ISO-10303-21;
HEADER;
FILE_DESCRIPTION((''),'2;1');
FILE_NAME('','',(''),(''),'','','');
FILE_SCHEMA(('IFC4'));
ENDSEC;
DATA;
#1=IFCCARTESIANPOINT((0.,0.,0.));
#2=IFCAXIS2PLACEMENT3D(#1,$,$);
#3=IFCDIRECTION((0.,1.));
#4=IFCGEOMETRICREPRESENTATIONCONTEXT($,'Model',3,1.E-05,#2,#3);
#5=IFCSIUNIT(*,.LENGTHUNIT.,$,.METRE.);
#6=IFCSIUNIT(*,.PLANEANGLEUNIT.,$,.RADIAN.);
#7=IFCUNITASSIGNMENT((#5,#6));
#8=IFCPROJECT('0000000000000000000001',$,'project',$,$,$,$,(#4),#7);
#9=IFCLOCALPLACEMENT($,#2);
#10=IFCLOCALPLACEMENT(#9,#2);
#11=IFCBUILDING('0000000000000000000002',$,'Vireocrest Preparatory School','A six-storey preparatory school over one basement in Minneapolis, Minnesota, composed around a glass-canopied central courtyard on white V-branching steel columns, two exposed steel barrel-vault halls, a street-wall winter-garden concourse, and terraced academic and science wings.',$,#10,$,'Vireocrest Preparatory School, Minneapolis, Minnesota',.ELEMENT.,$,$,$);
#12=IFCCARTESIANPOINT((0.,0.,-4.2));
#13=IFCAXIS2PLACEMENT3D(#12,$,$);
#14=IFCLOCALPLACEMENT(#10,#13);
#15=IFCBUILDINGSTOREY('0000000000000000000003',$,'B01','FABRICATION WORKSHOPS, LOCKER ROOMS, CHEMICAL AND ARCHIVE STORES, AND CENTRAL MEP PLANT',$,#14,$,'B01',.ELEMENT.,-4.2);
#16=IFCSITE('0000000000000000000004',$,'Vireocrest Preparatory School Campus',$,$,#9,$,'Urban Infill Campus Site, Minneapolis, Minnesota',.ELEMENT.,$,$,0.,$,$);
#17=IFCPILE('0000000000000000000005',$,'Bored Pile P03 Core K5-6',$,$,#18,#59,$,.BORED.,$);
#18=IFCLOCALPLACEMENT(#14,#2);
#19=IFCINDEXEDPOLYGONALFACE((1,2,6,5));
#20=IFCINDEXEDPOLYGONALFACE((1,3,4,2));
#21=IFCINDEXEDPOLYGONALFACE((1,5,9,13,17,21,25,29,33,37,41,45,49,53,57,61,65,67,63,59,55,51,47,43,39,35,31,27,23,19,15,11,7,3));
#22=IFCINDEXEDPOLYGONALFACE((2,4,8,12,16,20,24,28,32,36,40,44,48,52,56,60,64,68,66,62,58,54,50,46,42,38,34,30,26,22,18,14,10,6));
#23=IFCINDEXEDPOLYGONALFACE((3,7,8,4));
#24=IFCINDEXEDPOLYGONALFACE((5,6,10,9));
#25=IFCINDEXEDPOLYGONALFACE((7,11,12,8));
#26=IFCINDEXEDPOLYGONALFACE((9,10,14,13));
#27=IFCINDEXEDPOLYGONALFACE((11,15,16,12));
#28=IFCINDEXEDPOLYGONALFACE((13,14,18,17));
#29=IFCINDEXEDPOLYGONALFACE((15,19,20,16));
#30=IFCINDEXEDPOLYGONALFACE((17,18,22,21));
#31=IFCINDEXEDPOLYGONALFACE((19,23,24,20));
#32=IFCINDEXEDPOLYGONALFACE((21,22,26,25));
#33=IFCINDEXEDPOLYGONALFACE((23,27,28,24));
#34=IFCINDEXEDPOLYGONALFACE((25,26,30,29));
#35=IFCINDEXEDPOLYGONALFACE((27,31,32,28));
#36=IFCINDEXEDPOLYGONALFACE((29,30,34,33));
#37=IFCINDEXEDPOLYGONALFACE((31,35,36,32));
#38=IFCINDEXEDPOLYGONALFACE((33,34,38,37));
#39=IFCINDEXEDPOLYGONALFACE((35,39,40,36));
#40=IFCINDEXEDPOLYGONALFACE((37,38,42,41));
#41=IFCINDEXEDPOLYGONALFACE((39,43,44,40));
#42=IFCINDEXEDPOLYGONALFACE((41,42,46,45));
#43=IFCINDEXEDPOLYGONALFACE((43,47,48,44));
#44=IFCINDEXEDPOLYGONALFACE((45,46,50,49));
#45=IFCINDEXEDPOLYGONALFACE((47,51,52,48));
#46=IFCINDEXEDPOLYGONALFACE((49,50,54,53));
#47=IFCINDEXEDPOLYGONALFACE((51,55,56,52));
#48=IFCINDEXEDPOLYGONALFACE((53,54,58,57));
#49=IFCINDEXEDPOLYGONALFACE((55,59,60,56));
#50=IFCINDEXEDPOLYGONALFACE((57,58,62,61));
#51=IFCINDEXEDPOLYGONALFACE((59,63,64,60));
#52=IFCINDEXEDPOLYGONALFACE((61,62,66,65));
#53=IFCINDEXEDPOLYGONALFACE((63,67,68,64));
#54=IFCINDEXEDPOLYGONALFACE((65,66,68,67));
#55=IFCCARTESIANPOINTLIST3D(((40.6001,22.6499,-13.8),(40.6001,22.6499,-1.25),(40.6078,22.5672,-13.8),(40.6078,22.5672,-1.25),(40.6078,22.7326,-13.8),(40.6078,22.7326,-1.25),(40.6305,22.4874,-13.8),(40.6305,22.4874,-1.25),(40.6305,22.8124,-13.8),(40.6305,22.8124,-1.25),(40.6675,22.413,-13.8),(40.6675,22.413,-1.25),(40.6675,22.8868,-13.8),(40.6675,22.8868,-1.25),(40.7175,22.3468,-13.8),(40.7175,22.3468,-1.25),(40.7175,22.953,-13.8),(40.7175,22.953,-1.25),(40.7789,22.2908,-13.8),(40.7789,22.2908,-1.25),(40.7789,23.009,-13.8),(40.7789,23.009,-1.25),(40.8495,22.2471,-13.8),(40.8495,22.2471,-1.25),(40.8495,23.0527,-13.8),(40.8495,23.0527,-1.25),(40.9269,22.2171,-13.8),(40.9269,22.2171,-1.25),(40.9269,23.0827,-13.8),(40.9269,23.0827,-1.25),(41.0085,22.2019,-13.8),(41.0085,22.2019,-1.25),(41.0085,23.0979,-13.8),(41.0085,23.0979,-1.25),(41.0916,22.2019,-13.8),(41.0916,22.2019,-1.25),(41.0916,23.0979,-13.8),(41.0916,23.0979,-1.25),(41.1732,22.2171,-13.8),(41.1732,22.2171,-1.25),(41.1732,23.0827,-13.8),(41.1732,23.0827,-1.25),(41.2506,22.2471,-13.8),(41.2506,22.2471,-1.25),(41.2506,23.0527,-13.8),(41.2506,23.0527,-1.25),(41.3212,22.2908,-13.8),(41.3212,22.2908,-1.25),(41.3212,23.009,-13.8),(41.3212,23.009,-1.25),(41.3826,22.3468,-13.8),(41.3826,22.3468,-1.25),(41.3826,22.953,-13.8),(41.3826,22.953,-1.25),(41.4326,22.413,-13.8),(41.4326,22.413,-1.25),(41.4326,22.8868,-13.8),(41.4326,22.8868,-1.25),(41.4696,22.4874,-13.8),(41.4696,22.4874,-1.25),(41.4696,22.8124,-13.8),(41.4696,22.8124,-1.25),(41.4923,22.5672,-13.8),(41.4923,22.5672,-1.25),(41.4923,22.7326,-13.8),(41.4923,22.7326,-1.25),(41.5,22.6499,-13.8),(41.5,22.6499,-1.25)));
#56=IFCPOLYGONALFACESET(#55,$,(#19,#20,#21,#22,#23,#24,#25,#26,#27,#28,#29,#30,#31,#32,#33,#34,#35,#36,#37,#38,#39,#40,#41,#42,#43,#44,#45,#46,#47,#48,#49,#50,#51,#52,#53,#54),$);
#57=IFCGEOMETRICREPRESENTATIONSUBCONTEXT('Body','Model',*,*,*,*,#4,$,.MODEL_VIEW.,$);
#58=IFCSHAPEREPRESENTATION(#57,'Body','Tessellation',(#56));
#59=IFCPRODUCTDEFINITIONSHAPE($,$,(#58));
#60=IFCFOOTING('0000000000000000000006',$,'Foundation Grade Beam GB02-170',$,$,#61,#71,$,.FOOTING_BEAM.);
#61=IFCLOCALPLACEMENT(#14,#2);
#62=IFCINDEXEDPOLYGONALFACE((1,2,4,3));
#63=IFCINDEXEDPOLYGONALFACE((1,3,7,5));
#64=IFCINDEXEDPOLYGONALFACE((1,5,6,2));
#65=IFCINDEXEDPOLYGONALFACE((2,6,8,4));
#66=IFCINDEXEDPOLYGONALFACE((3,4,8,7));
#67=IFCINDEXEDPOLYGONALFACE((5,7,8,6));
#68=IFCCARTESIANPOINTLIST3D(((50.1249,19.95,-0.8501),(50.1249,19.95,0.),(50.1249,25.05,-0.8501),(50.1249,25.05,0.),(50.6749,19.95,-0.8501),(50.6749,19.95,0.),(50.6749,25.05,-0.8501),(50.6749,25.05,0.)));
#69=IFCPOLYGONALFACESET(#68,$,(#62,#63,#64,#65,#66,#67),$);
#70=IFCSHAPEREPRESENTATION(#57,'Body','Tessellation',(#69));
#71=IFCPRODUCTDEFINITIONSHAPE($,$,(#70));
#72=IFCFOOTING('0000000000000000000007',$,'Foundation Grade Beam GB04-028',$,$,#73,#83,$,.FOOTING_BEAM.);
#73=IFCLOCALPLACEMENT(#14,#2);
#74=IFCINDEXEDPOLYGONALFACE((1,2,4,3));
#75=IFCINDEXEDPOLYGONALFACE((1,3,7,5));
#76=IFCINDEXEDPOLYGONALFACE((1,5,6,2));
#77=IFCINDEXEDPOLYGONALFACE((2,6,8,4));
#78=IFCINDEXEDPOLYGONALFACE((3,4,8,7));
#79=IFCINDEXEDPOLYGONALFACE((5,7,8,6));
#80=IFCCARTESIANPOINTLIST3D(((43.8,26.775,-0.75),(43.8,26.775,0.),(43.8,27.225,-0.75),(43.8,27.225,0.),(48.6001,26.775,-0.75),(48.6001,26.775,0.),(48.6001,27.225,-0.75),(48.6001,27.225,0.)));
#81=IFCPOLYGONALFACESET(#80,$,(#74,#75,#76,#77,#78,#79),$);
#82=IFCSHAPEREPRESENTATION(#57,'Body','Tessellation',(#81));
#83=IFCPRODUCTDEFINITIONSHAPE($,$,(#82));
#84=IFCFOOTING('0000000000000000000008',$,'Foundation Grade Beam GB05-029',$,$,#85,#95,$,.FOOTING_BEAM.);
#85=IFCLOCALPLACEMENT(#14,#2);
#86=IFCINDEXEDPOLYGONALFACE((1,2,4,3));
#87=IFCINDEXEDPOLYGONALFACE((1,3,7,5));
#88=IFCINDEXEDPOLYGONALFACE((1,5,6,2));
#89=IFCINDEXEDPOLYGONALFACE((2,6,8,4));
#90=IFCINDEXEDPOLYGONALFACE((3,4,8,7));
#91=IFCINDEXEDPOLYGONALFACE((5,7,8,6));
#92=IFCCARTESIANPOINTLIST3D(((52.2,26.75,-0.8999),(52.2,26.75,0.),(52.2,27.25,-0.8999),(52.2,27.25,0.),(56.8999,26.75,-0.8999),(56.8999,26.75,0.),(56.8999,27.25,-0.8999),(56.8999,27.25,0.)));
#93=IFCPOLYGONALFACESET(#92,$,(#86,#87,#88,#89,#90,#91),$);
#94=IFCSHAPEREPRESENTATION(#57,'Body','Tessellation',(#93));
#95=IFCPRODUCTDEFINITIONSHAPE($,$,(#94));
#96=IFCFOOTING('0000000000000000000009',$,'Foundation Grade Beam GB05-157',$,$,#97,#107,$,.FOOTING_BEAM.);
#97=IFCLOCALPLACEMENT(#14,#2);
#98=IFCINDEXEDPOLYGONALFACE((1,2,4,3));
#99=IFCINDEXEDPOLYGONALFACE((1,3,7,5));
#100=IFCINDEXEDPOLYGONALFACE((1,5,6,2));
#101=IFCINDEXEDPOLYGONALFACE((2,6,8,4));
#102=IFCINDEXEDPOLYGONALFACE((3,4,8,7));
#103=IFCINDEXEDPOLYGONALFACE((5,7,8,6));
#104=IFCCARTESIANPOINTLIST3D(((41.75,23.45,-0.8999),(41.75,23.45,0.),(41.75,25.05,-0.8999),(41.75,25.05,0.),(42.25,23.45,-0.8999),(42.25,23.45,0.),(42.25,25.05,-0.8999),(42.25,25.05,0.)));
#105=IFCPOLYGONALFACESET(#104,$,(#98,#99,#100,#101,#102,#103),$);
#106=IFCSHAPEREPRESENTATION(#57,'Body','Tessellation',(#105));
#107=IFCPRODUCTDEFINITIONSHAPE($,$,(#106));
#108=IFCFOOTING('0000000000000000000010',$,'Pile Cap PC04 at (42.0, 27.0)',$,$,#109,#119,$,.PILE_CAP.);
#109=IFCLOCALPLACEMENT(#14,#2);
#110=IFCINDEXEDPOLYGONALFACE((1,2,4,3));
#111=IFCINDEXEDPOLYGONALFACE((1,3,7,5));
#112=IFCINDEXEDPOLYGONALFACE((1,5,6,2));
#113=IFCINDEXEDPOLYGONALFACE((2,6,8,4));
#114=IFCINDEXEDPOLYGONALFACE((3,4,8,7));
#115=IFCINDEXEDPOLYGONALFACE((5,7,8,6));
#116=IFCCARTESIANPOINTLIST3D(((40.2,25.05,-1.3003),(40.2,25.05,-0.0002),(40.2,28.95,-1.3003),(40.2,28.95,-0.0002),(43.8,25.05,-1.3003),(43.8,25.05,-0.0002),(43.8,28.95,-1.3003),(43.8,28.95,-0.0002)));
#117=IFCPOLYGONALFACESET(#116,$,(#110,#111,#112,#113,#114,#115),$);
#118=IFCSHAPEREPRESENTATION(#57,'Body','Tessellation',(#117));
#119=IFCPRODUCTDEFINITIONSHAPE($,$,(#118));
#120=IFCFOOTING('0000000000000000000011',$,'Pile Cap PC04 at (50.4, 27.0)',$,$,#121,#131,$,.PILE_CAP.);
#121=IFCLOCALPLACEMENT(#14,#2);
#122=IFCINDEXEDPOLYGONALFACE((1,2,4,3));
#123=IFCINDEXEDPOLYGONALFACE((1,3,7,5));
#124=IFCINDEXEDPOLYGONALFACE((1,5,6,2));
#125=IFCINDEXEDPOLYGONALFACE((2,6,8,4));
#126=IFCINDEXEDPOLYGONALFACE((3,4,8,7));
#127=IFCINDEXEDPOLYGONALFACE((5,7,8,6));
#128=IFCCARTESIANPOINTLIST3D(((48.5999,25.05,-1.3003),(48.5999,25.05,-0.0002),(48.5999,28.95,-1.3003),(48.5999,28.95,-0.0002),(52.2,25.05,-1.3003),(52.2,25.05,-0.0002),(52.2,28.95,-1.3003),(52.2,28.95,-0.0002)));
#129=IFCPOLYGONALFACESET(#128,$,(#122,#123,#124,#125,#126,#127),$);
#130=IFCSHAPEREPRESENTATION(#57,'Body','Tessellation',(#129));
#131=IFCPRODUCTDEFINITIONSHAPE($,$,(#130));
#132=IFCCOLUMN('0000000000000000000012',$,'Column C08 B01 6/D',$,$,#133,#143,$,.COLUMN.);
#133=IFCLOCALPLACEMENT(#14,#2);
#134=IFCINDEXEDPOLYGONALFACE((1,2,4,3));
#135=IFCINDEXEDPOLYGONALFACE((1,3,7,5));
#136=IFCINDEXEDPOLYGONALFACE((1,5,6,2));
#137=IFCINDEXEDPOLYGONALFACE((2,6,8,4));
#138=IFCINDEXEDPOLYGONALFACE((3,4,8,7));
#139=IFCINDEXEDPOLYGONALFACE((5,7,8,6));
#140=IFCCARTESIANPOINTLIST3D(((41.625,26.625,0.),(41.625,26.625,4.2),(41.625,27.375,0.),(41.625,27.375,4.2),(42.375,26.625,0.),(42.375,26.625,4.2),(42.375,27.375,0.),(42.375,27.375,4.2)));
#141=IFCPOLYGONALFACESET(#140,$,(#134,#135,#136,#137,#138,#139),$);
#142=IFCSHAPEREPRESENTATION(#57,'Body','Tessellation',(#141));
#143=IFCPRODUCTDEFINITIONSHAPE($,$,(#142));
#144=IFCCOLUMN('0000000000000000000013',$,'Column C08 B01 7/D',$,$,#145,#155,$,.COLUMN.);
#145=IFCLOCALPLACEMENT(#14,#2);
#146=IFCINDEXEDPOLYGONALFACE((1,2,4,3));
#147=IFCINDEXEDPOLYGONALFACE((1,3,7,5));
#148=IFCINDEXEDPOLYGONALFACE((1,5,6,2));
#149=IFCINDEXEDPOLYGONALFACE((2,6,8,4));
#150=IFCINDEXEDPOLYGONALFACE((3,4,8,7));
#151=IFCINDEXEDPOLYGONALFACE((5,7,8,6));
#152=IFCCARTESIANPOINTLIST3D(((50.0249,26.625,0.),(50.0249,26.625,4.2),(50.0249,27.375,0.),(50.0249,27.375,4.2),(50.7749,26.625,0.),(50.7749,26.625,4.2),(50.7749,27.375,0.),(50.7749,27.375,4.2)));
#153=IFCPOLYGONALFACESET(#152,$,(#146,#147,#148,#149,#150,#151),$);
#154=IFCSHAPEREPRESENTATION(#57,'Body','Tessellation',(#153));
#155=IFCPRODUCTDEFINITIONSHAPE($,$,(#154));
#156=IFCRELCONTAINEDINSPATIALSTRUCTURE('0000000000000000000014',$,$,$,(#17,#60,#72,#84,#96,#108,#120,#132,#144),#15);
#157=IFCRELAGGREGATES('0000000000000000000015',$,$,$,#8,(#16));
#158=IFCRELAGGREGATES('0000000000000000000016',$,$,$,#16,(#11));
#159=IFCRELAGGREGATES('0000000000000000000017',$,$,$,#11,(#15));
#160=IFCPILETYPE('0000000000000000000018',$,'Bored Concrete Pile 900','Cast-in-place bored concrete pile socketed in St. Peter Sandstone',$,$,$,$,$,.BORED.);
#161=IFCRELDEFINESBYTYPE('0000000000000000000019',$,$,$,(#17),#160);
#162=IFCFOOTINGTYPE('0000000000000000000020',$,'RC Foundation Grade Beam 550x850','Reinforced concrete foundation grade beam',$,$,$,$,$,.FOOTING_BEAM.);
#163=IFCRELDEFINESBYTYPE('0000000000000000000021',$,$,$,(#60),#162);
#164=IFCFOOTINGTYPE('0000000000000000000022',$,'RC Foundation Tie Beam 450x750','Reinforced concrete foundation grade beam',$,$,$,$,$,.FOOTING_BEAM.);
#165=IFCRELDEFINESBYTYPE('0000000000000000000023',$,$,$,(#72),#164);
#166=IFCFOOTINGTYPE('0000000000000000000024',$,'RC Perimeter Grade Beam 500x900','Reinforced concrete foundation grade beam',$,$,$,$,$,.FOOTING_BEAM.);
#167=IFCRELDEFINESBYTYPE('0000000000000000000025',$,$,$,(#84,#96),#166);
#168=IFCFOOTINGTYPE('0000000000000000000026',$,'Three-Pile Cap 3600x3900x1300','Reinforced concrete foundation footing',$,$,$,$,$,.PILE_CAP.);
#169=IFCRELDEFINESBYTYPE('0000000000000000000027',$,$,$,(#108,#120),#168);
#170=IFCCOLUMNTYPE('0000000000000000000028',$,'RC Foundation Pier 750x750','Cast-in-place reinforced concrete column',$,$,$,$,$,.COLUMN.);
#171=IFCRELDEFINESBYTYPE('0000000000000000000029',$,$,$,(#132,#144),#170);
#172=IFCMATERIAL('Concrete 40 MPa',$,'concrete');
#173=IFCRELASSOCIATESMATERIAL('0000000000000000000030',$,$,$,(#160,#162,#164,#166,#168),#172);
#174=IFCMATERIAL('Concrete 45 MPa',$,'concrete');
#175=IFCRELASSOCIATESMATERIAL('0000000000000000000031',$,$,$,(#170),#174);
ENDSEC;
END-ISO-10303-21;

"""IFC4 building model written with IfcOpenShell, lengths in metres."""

from ifc_helpers import new_model, si_unit, direction, frame, origin, origin_2d, place, context, subcontext, project, spatial, rectangle, circle, extrude, material, material_profile, profile_set, type_object, element, save


model = new_model("IFC4")

# Units and contexts
model_context = context("Model", 3, precision=1e-05, world=origin(), true_north=direction((0.0, 1.0)))
body_context = subcontext(model_context, "Body", "Model", "MODEL_VIEW")
ifc_project = project(units=[si_unit("LENGTHUNIT", "METRE"), si_unit("PLANEANGLEUNIT", "RADIAN")], contexts=[model_context])

# Site, building, storey
site_placement = place(None, origin())
site = spatial("IfcSite", under=ifc_project, at=site_placement, Name="Vireocrest Preparatory School Campus", LongName="Urban Infill Campus Site, Minneapolis, Minnesota", CompositionType="ELEMENT", RefElevation=0.0)
building_placement = place(site_placement, origin())
building = spatial("IfcBuilding", under=site, at=building_placement, Name="Vireocrest Preparatory School", Description="A six-storey preparatory school over one basement in Minneapolis, Minnesota, composed around a glass-canopied central courtyard on white V-branching steel columns, two exposed steel barrel-vault halls, a street-wall winter-garden concourse, and terraced academic and science wings.", LongName="Vireocrest Preparatory School, Minneapolis, Minnesota", CompositionType="ELEMENT")
storey_placement = place(building_placement, frame((0.0, 0.0, -4.2)))
storey = spatial("IfcBuildingStorey", under=building, at=storey_placement, Name="B01", Description="FABRICATION WORKSHOPS, LOCKER ROOMS, CHEMICAL AND ARCHIVE STORES, AND CENTRAL MEP PLANT", LongName="B01", CompositionType="ELEMENT", Elevation=-4.2)

# Pile
ifc_material_1 = material(Name="Concrete 40 MPa", Category="concrete")
ifc_material_profile_1 = material_profile(ifc_material_1, circle(Radius=0.45, at=origin_2d()), Name="BORED PILE 900")
ifc_profile_set_1 = profile_set([ifc_material_profile_1], Name="Concrete 40 MPa")
pile_type_1 = type_object("IfcPileType", Name="Bored Concrete Pile 900", Description="Cast-in-place bored concrete pile socketed in St. Peter Sandstone", PredefinedType="BORED", material=ifc_profile_set_1)
pile_1_placement = place(storey_placement, frame((41.05, 22.6499, -1.25), z_axis=(0.0, 0.0, -1.0), x_axis=(1.0, 0.0, 0.0)))
element("IfcPile", 1, at=pile_1_placement, inside=storey, type_object=pile_type_1, Name="Bored Pile P03 Core K5-6", PredefinedType="BORED", context=body_context, shape_type="SweptSolid", body=[
    extrude(circle(Radius=0.45, at=origin_2d()), origin(), (0.0, 0.0, 1.0), 12.55),
])

# Footings
ifc_material_profile_2 = material_profile(ifc_material_1, rectangle(XDim=0.55, YDim=0.8501, at=origin_2d()), Name="GB 550x850")
ifc_profile_set_2 = profile_set([ifc_material_profile_2], Name="Concrete 40 MPa")
footing_type_1 = type_object("IfcFootingType", Name="RC Foundation Grade Beam 550x850", Description="Reinforced concrete foundation grade beam", PredefinedType="FOOTING_BEAM", material=ifc_profile_set_2)
footing_1_placement = place(storey_placement, frame((50.3999, 19.95, -0.425), z_axis=(0.0, 1.0, 0.0), x_axis=(-1.0, 0.0, 0.0)))
element("IfcFooting", 2, at=footing_1_placement, inside=storey, type_object=footing_type_1, Name="Foundation Grade Beam GB02-170", PredefinedType="FOOTING_BEAM", context=body_context, shape_type="SweptSolid", body=[
    extrude(rectangle(XDim=0.55, YDim=0.8501, at=origin_2d()), origin(), (0.0, 0.0, 1.0), 5.1001),
])
ifc_material_profile_3 = material_profile(ifc_material_1, rectangle(XDim=0.45, YDim=0.75, at=origin_2d()), Name="GB 450x750")
ifc_profile_set_3 = profile_set([ifc_material_profile_3], Name="Concrete 40 MPa")
footing_type_2 = type_object("IfcFootingType", Name="RC Foundation Tie Beam 450x750", Description="Reinforced concrete foundation grade beam", PredefinedType="FOOTING_BEAM", material=ifc_profile_set_3)
footing_2_placement = place(storey_placement, frame((43.8, 27.0, -0.375), z_axis=(1.0, 0.0, 0.0), x_axis=(0.0, 1.0, 0.0)))
element("IfcFooting", 3, at=footing_2_placement, inside=storey, type_object=footing_type_2, Name="Foundation Grade Beam GB04-028", PredefinedType="FOOTING_BEAM", context=body_context, shape_type="SweptSolid", body=[
    extrude(rectangle(XDim=0.45, YDim=0.75, at=origin_2d()), origin(), (0.0, 0.0, 1.0), 4.8),
])
ifc_material_profile_4 = material_profile(ifc_material_1, rectangle(XDim=0.5, YDim=0.8999, at=origin_2d()), Name="GB 500x900")
ifc_profile_set_4 = profile_set([ifc_material_profile_4], Name="Concrete 40 MPa")
footing_type_3 = type_object("IfcFootingType", Name="RC Perimeter Grade Beam 500x900", Description="Reinforced concrete foundation grade beam", PredefinedType="FOOTING_BEAM", material=ifc_profile_set_4)
footing_3_placement = place(storey_placement, frame((52.2, 27.0, -0.45), z_axis=(1.0, 0.0, 0.0), x_axis=(0.0, 1.0, 0.0)))
element("IfcFooting", 4, at=footing_3_placement, inside=storey, type_object=footing_type_3, Name="Foundation Grade Beam GB05-029", PredefinedType="FOOTING_BEAM", context=body_context, shape_type="SweptSolid", body=[
    extrude(rectangle(XDim=0.5, YDim=0.8999, at=origin_2d()), origin(), (0.0, 0.0, 1.0), 4.7),
])
footing_4_placement = place(storey_placement, frame((42.0, 23.45, -0.45), z_axis=(0.0, 1.0, 0.0), x_axis=(-1.0, 0.0, 0.0)))
element("IfcFooting", 5, at=footing_4_placement, inside=storey, type_object=footing_type_3, Name="Foundation Grade Beam GB05-157", PredefinedType="FOOTING_BEAM", context=body_context, shape_type="SweptSolid", body=[
    extrude(rectangle(XDim=0.5, YDim=0.8999, at=origin_2d()), origin(), (0.0, 0.0, 1.0), 1.6001),
])
footing_type_4 = type_object("IfcFootingType", Name="Three-Pile Cap 3600x3900x1300", Description="Reinforced concrete foundation footing", PredefinedType="PILE_CAP", material=ifc_material_1)
for number, where, z_axis, x_axis, name in (
    (6, (42.0, 27.0, -1.3003), (0.0, 0.0, 1.0), (1.0, 0.0, 0.0), "Pile Cap PC04 at (42.0, 27.0)"),
    (7, (50.3999, 27.0, -1.3003), (0.0, 0.0, 1.0), (1.0, 0.0, 0.0), "Pile Cap PC04 at (50.4, 27.0)"),
):
    element("IfcFooting", number, at=place(storey_placement, frame(where, z_axis=z_axis, x_axis=x_axis)), inside=storey, type_object=footing_type_4, Name=name, PredefinedType="PILE_CAP", context=body_context, shape_type="SweptSolid", body=[
        extrude(rectangle(XDim=3.6001, YDim=3.8999, at=origin_2d()), origin(), (0.0, 0.0, 1.0), 1.3),
    ])

# Columns
ifc_material_2 = material(Name="Concrete 45 MPa", Category="concrete")
ifc_material_profile_5 = material_profile(ifc_material_2, rectangle(XDim=0.75, YDim=0.75, at=origin_2d()), Name="RC 750x750")
ifc_profile_set_5 = profile_set([ifc_material_profile_5], Name="Concrete 45 MPa")
column_type = type_object("IfcColumnType", Name="RC Foundation Pier 750x750", Description="Cast-in-place reinforced concrete column", PredefinedType="COLUMN", material=ifc_profile_set_5)
for number, where, z_axis, x_axis, name in (
    (8, (42.0, 27.0, 0.0), (0.0, 0.0, 1.0), (1.0, 0.0, 0.0), "Column C08 B01 6/D"),
    (9, (50.3999, 27.0, 0.0), (0.0, 0.0, 1.0), (1.0, 0.0, 0.0), "Column C08 B01 7/D"),
):
    element("IfcColumn", number, at=place(storey_placement, frame(where, z_axis=z_axis, x_axis=x_axis)), inside=storey, type_object=column_type, Name=name, PredefinedType="COLUMN", context=body_context, shape_type="SweptSolid", body=[
        extrude(rectangle(XDim=0.75, YDim=0.75, at=origin_2d()), origin(), (0.0, 0.0, 1.0), 4.2),
    ])

save(model, "model.ifc")
